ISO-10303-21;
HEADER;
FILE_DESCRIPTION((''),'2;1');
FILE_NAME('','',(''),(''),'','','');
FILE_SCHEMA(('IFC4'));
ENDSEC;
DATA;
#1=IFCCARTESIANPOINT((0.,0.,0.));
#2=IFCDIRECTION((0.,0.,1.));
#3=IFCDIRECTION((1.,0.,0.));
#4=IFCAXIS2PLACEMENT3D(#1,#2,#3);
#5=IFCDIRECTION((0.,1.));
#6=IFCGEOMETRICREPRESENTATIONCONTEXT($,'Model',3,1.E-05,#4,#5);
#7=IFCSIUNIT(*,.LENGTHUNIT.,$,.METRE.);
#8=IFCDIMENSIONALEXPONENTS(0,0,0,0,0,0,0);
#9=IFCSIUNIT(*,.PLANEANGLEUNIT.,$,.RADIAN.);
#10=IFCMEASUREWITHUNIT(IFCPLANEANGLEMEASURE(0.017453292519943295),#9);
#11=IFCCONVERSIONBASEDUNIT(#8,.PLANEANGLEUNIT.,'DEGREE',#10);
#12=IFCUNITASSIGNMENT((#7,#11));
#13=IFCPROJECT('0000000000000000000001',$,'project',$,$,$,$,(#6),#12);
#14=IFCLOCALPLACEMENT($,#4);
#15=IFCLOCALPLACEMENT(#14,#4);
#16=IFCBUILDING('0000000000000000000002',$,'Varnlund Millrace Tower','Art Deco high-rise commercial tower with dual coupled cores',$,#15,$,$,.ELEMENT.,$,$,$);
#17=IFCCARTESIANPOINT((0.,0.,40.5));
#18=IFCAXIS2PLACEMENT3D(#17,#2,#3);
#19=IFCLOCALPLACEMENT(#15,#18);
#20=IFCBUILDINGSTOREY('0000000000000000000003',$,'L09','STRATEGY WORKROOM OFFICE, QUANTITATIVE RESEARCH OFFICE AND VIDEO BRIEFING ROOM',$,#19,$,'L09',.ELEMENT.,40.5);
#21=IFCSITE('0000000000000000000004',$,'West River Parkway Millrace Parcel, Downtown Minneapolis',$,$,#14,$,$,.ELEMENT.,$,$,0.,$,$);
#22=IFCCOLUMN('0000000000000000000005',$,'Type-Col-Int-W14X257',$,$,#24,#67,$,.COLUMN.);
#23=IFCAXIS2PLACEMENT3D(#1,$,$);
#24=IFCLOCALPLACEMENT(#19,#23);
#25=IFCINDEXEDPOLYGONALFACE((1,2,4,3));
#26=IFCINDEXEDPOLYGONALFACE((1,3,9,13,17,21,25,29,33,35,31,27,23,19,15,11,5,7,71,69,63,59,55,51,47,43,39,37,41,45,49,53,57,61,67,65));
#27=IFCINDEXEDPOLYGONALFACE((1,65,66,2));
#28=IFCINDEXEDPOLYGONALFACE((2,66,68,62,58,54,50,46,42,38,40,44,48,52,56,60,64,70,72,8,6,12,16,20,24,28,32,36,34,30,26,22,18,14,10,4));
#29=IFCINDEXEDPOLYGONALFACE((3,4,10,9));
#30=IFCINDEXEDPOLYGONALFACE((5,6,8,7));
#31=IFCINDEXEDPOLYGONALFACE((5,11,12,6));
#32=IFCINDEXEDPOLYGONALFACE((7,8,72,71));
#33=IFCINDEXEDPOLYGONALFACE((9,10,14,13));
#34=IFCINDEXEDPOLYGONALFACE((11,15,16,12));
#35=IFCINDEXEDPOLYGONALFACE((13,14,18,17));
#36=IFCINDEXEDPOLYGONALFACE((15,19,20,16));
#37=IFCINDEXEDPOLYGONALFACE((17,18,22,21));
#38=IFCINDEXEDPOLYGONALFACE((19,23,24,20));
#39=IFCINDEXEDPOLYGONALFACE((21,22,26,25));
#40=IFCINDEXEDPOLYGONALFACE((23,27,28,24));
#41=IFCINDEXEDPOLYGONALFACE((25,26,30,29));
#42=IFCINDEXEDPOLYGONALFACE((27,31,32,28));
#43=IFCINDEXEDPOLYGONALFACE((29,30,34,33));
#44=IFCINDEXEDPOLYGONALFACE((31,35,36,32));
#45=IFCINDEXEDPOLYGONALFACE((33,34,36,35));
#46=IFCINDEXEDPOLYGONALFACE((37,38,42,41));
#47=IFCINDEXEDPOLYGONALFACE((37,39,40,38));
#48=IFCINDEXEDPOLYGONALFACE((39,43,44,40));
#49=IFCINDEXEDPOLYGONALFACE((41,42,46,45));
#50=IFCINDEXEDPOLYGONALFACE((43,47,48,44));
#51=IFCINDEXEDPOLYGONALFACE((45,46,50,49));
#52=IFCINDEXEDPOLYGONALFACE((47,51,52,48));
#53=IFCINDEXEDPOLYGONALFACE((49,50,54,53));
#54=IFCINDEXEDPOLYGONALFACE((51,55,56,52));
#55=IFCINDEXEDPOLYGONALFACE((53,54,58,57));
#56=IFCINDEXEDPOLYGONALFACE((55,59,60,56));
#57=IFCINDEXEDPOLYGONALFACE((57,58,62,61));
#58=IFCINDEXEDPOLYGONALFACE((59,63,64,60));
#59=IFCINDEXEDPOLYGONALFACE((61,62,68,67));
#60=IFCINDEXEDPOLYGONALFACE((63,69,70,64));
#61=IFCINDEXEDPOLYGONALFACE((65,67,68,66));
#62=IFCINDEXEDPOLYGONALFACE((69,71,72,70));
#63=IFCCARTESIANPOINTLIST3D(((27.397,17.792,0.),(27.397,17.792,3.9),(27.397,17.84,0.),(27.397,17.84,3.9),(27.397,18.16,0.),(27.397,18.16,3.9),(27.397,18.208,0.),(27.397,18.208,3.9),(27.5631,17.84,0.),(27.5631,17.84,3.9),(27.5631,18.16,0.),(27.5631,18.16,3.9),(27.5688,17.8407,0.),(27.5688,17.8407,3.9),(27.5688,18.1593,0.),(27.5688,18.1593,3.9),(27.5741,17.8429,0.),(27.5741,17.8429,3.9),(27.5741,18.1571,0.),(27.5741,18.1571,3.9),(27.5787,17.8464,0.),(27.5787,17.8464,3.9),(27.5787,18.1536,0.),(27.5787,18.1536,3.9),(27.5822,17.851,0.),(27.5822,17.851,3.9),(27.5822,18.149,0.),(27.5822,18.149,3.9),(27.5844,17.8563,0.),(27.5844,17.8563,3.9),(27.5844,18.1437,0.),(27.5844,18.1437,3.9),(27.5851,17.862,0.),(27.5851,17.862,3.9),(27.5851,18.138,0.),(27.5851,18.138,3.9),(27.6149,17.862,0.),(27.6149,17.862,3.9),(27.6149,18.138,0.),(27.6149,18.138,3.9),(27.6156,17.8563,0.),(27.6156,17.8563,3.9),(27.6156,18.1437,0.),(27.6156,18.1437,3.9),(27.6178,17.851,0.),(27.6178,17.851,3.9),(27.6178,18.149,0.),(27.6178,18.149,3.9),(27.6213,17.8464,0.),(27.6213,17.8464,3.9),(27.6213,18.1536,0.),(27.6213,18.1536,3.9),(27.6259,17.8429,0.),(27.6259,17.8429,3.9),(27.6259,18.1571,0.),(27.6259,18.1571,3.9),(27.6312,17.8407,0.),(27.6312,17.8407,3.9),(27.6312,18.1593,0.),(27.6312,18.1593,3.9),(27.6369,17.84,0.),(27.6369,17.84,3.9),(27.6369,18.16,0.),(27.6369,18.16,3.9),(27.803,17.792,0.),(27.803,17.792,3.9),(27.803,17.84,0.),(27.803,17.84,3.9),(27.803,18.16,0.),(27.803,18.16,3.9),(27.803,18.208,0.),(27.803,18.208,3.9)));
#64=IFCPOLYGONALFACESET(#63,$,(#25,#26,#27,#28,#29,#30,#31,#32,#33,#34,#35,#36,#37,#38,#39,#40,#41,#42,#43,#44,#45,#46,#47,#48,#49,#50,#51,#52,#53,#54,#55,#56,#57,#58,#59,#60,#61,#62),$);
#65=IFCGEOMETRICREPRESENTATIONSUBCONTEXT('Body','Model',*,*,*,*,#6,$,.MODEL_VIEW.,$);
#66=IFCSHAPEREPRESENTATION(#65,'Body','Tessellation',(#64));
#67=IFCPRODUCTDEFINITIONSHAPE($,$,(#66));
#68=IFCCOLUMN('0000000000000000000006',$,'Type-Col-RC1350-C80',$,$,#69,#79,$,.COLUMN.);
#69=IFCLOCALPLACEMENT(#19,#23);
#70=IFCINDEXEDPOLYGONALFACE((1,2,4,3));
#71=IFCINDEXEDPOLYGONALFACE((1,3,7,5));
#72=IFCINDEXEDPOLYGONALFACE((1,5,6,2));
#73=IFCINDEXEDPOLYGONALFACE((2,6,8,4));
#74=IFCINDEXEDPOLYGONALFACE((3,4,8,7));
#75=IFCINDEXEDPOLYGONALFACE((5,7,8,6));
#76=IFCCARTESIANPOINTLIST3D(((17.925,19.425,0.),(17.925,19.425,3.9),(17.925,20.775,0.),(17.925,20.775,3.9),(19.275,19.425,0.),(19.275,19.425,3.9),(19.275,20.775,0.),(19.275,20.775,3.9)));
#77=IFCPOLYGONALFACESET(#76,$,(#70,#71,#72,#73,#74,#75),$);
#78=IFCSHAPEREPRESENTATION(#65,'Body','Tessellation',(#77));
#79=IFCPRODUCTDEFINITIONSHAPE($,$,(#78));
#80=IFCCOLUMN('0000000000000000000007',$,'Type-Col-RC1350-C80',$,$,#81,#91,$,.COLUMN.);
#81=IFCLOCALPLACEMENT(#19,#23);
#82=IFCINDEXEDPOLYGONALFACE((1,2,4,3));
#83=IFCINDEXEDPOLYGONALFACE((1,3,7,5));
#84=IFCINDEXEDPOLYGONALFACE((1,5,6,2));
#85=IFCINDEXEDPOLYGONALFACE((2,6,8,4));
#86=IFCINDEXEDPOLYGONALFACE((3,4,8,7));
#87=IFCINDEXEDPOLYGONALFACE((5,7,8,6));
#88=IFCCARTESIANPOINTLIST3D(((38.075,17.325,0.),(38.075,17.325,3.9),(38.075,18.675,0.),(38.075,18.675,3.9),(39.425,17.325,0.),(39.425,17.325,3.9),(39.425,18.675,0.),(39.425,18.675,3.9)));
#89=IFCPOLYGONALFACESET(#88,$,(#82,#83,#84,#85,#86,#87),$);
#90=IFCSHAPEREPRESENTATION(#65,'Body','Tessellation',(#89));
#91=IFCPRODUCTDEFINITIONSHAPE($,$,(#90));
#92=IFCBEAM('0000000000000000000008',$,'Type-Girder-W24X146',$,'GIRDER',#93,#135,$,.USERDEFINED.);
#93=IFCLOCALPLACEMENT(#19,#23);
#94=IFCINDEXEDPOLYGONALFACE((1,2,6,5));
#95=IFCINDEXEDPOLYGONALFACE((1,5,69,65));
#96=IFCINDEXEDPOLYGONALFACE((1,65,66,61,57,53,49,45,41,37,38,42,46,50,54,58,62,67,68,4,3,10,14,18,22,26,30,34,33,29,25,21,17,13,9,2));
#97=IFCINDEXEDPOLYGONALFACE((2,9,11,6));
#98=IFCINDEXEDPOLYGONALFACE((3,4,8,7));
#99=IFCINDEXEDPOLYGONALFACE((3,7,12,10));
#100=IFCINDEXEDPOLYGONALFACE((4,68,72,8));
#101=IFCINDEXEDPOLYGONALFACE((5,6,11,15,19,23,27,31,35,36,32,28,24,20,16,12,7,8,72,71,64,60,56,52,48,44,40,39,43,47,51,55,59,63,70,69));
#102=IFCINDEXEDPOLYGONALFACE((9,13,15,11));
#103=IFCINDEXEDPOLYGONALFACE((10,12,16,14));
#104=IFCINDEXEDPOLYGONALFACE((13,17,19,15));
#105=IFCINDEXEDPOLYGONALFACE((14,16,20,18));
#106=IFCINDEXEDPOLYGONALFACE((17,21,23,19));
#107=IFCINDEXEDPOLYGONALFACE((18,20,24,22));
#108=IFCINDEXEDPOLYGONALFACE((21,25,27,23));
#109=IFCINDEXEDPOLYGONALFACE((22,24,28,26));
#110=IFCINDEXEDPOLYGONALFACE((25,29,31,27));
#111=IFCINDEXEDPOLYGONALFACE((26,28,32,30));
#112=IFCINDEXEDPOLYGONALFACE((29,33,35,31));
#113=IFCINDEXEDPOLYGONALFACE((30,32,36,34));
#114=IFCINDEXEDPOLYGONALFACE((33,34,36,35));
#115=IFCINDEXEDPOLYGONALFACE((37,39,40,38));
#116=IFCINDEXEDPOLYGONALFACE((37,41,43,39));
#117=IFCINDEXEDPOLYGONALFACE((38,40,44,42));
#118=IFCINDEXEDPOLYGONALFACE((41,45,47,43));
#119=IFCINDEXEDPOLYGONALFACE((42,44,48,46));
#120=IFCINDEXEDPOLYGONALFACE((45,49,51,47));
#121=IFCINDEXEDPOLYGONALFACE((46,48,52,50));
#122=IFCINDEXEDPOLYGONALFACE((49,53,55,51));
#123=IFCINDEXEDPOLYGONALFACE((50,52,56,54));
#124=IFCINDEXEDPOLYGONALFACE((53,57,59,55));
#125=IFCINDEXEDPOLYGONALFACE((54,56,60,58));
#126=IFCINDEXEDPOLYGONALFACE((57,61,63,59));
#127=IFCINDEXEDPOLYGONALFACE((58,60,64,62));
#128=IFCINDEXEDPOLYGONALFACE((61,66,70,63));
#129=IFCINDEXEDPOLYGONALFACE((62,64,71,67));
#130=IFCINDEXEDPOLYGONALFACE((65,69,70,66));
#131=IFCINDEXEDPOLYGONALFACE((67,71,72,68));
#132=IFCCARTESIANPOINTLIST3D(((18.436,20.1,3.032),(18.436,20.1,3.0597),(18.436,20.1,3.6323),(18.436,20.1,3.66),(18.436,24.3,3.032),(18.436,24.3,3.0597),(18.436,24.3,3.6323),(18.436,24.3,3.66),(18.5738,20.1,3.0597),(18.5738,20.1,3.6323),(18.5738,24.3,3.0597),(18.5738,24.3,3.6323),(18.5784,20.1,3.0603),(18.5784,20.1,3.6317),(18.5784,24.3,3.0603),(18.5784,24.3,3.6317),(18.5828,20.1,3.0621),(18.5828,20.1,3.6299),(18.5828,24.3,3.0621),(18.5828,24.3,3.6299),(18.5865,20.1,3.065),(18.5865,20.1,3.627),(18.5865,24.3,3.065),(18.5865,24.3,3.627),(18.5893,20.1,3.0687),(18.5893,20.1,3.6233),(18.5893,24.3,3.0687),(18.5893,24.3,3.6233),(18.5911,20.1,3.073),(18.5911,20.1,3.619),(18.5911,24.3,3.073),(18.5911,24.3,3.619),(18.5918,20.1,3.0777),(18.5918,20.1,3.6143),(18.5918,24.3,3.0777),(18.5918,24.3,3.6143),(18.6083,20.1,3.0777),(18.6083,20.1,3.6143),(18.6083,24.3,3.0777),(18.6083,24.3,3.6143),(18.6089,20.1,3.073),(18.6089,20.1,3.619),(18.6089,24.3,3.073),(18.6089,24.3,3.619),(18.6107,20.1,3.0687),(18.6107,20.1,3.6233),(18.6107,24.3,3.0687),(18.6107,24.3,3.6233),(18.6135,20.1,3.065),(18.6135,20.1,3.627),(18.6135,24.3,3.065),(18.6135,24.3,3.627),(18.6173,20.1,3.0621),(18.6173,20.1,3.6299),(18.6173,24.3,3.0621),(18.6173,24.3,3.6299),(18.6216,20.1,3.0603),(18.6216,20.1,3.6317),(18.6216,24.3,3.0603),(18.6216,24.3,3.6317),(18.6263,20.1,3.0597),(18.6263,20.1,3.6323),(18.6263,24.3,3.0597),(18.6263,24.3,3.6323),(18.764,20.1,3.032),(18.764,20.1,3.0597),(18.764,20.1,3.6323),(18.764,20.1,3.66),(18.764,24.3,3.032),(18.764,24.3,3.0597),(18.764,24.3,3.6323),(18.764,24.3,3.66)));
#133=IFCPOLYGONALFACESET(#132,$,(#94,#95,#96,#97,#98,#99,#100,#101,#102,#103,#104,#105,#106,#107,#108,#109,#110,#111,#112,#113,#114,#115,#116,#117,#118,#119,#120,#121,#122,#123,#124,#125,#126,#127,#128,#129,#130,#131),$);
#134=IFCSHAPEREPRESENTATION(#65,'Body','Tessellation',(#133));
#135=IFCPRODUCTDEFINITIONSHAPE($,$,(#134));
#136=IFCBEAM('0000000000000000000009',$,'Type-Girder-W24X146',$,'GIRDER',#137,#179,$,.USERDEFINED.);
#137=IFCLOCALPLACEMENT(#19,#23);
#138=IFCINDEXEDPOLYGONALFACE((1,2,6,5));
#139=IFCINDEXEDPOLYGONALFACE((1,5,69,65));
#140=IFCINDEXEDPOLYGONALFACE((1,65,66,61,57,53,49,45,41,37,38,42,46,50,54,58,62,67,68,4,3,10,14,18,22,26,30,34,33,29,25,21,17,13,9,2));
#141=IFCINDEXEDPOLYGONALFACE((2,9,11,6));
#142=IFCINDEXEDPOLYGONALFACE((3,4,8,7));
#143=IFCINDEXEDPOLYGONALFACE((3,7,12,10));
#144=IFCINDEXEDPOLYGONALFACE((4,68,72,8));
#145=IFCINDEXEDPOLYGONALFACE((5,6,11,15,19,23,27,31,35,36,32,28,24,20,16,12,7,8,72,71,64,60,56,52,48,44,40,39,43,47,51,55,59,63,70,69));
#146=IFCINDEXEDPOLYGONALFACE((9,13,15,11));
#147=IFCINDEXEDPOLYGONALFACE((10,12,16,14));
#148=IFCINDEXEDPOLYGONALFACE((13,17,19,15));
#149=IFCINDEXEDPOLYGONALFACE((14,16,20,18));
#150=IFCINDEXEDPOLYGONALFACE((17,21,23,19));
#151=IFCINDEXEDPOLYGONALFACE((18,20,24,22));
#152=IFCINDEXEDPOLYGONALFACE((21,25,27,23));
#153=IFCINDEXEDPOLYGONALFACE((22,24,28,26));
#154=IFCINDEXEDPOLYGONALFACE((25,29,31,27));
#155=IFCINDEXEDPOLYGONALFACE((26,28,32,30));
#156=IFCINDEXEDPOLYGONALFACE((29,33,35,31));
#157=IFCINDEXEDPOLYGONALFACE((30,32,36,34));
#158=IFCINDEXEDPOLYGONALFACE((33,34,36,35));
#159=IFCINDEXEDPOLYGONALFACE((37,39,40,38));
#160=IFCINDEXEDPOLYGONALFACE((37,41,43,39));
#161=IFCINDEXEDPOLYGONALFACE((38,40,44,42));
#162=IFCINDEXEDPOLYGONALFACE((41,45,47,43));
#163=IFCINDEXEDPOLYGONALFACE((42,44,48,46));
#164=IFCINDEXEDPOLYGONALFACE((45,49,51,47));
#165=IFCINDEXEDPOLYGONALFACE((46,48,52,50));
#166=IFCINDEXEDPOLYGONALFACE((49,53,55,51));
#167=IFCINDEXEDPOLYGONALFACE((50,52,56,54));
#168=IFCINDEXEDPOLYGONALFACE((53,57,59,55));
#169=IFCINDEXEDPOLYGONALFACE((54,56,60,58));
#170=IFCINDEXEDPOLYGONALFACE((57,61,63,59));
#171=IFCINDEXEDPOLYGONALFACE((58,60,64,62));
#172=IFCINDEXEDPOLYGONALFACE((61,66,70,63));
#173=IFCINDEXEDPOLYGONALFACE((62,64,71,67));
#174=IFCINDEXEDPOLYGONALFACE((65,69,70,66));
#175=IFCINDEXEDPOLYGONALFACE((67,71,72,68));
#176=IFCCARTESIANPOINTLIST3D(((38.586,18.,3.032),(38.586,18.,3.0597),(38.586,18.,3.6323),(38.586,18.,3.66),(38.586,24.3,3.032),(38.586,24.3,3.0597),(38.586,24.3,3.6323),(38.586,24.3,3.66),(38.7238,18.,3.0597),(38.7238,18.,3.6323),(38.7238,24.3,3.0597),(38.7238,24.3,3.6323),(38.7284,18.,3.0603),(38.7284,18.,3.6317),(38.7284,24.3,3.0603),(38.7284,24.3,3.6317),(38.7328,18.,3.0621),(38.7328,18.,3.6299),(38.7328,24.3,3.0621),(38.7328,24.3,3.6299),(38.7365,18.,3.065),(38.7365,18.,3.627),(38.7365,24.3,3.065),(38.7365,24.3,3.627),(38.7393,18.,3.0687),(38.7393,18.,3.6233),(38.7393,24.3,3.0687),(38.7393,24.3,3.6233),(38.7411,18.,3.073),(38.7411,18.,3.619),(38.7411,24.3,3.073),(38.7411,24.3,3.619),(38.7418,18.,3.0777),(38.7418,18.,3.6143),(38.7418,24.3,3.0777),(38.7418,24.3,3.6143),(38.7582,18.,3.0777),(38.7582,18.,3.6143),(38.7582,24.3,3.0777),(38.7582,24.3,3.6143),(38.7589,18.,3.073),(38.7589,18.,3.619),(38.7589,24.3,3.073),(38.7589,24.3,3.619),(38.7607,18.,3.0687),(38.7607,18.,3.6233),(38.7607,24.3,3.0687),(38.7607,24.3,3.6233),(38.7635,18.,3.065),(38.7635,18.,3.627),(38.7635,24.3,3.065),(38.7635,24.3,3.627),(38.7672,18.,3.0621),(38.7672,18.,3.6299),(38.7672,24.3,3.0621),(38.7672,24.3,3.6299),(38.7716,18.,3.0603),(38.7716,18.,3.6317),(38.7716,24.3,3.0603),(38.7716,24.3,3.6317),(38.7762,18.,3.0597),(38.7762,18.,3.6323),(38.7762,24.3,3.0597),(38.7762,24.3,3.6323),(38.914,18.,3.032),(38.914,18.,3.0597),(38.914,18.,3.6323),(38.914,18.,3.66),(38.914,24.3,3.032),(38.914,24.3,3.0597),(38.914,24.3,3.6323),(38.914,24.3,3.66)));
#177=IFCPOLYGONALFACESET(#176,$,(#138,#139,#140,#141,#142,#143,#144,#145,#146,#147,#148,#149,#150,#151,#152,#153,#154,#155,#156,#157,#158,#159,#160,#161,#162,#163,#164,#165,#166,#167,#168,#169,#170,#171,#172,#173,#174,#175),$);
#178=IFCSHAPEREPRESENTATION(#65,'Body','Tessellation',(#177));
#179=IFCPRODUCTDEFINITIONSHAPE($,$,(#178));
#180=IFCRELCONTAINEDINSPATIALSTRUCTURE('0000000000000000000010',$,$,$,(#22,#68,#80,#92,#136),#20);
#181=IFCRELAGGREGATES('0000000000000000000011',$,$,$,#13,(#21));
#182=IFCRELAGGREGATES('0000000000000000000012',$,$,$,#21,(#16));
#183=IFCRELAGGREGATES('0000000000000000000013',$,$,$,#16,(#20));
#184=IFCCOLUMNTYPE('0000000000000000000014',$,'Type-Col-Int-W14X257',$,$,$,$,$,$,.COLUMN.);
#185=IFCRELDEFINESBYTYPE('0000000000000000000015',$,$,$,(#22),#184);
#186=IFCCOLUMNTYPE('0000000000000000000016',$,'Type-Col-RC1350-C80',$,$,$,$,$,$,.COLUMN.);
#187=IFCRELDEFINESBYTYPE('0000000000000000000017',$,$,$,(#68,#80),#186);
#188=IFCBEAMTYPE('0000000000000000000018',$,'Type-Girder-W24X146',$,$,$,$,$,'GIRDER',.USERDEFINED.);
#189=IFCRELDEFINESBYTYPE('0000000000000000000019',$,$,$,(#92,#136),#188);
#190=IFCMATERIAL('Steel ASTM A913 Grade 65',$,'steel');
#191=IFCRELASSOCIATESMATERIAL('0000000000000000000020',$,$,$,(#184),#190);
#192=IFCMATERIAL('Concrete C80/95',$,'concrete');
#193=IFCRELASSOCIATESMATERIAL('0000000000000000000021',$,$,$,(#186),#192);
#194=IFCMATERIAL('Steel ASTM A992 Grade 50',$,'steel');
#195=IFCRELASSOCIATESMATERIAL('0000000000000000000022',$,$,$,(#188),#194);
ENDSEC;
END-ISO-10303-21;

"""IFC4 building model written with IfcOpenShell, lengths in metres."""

from ifc_helpers import new_model, entity, si_unit, converted_unit, direction, frame, origin_with_axes, origin_2d_with_axis, place, context, subcontext, project, spatial, rectangle, i_section, extrude, material, material_profile, profile_set, type_object, element, save


model = new_model("IFC4")

# Units and contexts
model_context = context("Model", 3, precision=1e-05, world=origin_with_axes(), true_north=direction((0.0, 1.0)))
body_context = subcontext(model_context, "Body", "Model", "MODEL_VIEW")
ifc_project = project(units=[si_unit("LENGTHUNIT", "METRE"), converted_unit("PLANEANGLEUNIT", "DEGREE", entity("IfcPlaneAngleMeasure", 0.017453292519943295), si_unit("PLANEANGLEUNIT", "RADIAN"), dimensions=[0, 0, 0, 0, 0, 0, 0])], contexts=[model_context])

# Site, building, storey
site_placement = place(None, origin_with_axes())
site = spatial("IfcSite", under=ifc_project, at=site_placement, Name="West River Parkway Millrace Parcel, Downtown Minneapolis", CompositionType="ELEMENT", RefElevation=0.0)
building_placement = place(site_placement, origin_with_axes())
building = spatial("IfcBuilding", under=site, at=building_placement, Name="Varnlund Millrace Tower", Description="Art Deco high-rise commercial tower with dual coupled cores", CompositionType="ELEMENT")
storey_placement = place(building_placement, frame((0.0, 0.0, 40.5), z_axis=(0.0, 0.0, 1.0), x_axis=(1.0, 0.0, 0.0)))
storey = spatial("IfcBuildingStorey", under=building, at=storey_placement, Name="L09", Description="STRATEGY WORKROOM OFFICE, QUANTITATIVE RESEARCH OFFICE AND VIDEO BRIEFING ROOM", LongName="L09", CompositionType="ELEMENT", Elevation=40.5)

# Columns
ifc_material_1 = material(Name="Steel ASTM A913 Grade 65", Category="steel")
ifc_material_profile_1 = material_profile(ifc_material_1, i_section(OverallWidth=0.406, OverallDepth=0.416, WebThickness=0.0298, FlangeThickness=0.048, FilletRadius=0.022, at=origin_2d_with_axis()), Name="Steel ASTM A913 Grade 65")
ifc_profile_set_1 = profile_set([ifc_material_profile_1], Name="Steel ASTM A913 Grade 65")
column_type_1 = type_object("IfcColumnType", Name="Type-Col-Int-W14X257", PredefinedType="COLUMN", material=ifc_profile_set_1)
column_placement = place(storey_placement, frame((27.6, 18.0, 0.0), z_axis=(0.0, 0.0, 1.0), x_axis=(1.0, 0.0, 0.0)))
element("IfcColumn", 1, at=column_placement, inside=storey, type_object=column_type_1, Name="Type-Col-Int-W14X257", PredefinedType="COLUMN", context=body_context, shape_type="SweptSolid", body=[
    extrude(i_section(OverallWidth=0.406, OverallDepth=0.416, WebThickness=0.0298, FlangeThickness=0.048, FilletRadius=0.022, at=origin_2d_with_axis()), origin_with_axes(), (0.0, 0.0, 1.0), 3.9),
])
ifc_material_2 = material(Name="Concrete C80/95", Category="concrete")
ifc_material_profile_2 = material_profile(ifc_material_2, rectangle(XDim=1.35, YDim=1.35, at=origin_2d_with_axis()), Name="Concrete C80/95")
ifc_profile_set_2 = profile_set([ifc_material_profile_2], Name="Concrete C80/95")
column_type_2 = type_object("IfcColumnType", Name="Type-Col-RC1350-C80", PredefinedType="COLUMN", material=ifc_profile_set_2)
for number, where, z_axis, x_axis, name in (
    (2, (18.6, 20.1, 0.0), (0.0, 0.0, 1.0), (1.0, 0.0, 0.0), "Type-Col-RC1350-C80"),
    (3, (38.75, 18.0, 0.0), (0.0, 0.0, 1.0), (1.0, 0.0, 0.0), "Type-Col-RC1350-C80"),
):
    element("IfcColumn", number, at=place(storey_placement, frame(where, z_axis=z_axis, x_axis=x_axis)), inside=storey, type_object=column_type_2, Name=name, PredefinedType="COLUMN", context=body_context, shape_type="SweptSolid", body=[
        extrude(rectangle(XDim=1.35, YDim=1.35, at=origin_2d_with_axis()), origin_with_axes(), (0.0, 0.0, 1.0), 3.9),
    ])

# Beams
ifc_material_3 = material(Name="Steel ASTM A992 Grade 50", Category="steel")
ifc_material_profile_3 = material_profile(ifc_material_3, i_section(OverallWidth=0.328, OverallDepth=0.628, WebThickness=0.0165, FlangeThickness=0.0277, FilletRadius=0.018, at=origin_2d_with_axis()), Name="Steel ASTM A992 Grade 50")
ifc_profile_set_3 = profile_set([ifc_material_profile_3], Name="Steel ASTM A992 Grade 50")
beam_type_1 = type_object("IfcBeamType", Name="Type-Girder-W24X146", ElementType="GIRDER", PredefinedType="USERDEFINED", material=ifc_profile_set_3)
beam_1_placement = place(storey_placement, frame((18.6, 20.1, 3.346), z_axis=(0.0, 1.0, 0.0), x_axis=(-1.0, 0.0, 0.0)))
element("IfcBeam", 4, at=beam_1_placement, inside=storey, type_object=beam_type_1, Name="Type-Girder-W24X146", ObjectType="GIRDER", PredefinedType="USERDEFINED", context=body_context, shape_type="SweptSolid", body=[
    extrude(i_section(OverallWidth=0.328, OverallDepth=0.628, WebThickness=0.0165, FlangeThickness=0.0277, FilletRadius=0.018, at=origin_2d_with_axis()), origin_with_axes(), (0.0, 0.0, 1.0), 4.2),
])
beam_2_placement = place(storey_placement, frame((38.75, 18.0, 3.346), z_axis=(0.0, 1.0, 0.0), x_axis=(-1.0, 0.0, 0.0)))
element("IfcBeam", 5, at=beam_2_placement, inside=storey, type_object=beam_type_1, Name="Type-Girder-W24X146", ObjectType="GIRDER", PredefinedType="USERDEFINED", context=body_context, shape_type="SweptSolid", body=[
    extrude(i_section(OverallWidth=0.328, OverallDepth=0.628, WebThickness=0.0165, FlangeThickness=0.0277, FilletRadius=0.018, at=origin_2d_with_axis()), origin_with_axes(), (0.0, 0.0, 1.0), 6.3),
])

save(model, "model.ifc")
